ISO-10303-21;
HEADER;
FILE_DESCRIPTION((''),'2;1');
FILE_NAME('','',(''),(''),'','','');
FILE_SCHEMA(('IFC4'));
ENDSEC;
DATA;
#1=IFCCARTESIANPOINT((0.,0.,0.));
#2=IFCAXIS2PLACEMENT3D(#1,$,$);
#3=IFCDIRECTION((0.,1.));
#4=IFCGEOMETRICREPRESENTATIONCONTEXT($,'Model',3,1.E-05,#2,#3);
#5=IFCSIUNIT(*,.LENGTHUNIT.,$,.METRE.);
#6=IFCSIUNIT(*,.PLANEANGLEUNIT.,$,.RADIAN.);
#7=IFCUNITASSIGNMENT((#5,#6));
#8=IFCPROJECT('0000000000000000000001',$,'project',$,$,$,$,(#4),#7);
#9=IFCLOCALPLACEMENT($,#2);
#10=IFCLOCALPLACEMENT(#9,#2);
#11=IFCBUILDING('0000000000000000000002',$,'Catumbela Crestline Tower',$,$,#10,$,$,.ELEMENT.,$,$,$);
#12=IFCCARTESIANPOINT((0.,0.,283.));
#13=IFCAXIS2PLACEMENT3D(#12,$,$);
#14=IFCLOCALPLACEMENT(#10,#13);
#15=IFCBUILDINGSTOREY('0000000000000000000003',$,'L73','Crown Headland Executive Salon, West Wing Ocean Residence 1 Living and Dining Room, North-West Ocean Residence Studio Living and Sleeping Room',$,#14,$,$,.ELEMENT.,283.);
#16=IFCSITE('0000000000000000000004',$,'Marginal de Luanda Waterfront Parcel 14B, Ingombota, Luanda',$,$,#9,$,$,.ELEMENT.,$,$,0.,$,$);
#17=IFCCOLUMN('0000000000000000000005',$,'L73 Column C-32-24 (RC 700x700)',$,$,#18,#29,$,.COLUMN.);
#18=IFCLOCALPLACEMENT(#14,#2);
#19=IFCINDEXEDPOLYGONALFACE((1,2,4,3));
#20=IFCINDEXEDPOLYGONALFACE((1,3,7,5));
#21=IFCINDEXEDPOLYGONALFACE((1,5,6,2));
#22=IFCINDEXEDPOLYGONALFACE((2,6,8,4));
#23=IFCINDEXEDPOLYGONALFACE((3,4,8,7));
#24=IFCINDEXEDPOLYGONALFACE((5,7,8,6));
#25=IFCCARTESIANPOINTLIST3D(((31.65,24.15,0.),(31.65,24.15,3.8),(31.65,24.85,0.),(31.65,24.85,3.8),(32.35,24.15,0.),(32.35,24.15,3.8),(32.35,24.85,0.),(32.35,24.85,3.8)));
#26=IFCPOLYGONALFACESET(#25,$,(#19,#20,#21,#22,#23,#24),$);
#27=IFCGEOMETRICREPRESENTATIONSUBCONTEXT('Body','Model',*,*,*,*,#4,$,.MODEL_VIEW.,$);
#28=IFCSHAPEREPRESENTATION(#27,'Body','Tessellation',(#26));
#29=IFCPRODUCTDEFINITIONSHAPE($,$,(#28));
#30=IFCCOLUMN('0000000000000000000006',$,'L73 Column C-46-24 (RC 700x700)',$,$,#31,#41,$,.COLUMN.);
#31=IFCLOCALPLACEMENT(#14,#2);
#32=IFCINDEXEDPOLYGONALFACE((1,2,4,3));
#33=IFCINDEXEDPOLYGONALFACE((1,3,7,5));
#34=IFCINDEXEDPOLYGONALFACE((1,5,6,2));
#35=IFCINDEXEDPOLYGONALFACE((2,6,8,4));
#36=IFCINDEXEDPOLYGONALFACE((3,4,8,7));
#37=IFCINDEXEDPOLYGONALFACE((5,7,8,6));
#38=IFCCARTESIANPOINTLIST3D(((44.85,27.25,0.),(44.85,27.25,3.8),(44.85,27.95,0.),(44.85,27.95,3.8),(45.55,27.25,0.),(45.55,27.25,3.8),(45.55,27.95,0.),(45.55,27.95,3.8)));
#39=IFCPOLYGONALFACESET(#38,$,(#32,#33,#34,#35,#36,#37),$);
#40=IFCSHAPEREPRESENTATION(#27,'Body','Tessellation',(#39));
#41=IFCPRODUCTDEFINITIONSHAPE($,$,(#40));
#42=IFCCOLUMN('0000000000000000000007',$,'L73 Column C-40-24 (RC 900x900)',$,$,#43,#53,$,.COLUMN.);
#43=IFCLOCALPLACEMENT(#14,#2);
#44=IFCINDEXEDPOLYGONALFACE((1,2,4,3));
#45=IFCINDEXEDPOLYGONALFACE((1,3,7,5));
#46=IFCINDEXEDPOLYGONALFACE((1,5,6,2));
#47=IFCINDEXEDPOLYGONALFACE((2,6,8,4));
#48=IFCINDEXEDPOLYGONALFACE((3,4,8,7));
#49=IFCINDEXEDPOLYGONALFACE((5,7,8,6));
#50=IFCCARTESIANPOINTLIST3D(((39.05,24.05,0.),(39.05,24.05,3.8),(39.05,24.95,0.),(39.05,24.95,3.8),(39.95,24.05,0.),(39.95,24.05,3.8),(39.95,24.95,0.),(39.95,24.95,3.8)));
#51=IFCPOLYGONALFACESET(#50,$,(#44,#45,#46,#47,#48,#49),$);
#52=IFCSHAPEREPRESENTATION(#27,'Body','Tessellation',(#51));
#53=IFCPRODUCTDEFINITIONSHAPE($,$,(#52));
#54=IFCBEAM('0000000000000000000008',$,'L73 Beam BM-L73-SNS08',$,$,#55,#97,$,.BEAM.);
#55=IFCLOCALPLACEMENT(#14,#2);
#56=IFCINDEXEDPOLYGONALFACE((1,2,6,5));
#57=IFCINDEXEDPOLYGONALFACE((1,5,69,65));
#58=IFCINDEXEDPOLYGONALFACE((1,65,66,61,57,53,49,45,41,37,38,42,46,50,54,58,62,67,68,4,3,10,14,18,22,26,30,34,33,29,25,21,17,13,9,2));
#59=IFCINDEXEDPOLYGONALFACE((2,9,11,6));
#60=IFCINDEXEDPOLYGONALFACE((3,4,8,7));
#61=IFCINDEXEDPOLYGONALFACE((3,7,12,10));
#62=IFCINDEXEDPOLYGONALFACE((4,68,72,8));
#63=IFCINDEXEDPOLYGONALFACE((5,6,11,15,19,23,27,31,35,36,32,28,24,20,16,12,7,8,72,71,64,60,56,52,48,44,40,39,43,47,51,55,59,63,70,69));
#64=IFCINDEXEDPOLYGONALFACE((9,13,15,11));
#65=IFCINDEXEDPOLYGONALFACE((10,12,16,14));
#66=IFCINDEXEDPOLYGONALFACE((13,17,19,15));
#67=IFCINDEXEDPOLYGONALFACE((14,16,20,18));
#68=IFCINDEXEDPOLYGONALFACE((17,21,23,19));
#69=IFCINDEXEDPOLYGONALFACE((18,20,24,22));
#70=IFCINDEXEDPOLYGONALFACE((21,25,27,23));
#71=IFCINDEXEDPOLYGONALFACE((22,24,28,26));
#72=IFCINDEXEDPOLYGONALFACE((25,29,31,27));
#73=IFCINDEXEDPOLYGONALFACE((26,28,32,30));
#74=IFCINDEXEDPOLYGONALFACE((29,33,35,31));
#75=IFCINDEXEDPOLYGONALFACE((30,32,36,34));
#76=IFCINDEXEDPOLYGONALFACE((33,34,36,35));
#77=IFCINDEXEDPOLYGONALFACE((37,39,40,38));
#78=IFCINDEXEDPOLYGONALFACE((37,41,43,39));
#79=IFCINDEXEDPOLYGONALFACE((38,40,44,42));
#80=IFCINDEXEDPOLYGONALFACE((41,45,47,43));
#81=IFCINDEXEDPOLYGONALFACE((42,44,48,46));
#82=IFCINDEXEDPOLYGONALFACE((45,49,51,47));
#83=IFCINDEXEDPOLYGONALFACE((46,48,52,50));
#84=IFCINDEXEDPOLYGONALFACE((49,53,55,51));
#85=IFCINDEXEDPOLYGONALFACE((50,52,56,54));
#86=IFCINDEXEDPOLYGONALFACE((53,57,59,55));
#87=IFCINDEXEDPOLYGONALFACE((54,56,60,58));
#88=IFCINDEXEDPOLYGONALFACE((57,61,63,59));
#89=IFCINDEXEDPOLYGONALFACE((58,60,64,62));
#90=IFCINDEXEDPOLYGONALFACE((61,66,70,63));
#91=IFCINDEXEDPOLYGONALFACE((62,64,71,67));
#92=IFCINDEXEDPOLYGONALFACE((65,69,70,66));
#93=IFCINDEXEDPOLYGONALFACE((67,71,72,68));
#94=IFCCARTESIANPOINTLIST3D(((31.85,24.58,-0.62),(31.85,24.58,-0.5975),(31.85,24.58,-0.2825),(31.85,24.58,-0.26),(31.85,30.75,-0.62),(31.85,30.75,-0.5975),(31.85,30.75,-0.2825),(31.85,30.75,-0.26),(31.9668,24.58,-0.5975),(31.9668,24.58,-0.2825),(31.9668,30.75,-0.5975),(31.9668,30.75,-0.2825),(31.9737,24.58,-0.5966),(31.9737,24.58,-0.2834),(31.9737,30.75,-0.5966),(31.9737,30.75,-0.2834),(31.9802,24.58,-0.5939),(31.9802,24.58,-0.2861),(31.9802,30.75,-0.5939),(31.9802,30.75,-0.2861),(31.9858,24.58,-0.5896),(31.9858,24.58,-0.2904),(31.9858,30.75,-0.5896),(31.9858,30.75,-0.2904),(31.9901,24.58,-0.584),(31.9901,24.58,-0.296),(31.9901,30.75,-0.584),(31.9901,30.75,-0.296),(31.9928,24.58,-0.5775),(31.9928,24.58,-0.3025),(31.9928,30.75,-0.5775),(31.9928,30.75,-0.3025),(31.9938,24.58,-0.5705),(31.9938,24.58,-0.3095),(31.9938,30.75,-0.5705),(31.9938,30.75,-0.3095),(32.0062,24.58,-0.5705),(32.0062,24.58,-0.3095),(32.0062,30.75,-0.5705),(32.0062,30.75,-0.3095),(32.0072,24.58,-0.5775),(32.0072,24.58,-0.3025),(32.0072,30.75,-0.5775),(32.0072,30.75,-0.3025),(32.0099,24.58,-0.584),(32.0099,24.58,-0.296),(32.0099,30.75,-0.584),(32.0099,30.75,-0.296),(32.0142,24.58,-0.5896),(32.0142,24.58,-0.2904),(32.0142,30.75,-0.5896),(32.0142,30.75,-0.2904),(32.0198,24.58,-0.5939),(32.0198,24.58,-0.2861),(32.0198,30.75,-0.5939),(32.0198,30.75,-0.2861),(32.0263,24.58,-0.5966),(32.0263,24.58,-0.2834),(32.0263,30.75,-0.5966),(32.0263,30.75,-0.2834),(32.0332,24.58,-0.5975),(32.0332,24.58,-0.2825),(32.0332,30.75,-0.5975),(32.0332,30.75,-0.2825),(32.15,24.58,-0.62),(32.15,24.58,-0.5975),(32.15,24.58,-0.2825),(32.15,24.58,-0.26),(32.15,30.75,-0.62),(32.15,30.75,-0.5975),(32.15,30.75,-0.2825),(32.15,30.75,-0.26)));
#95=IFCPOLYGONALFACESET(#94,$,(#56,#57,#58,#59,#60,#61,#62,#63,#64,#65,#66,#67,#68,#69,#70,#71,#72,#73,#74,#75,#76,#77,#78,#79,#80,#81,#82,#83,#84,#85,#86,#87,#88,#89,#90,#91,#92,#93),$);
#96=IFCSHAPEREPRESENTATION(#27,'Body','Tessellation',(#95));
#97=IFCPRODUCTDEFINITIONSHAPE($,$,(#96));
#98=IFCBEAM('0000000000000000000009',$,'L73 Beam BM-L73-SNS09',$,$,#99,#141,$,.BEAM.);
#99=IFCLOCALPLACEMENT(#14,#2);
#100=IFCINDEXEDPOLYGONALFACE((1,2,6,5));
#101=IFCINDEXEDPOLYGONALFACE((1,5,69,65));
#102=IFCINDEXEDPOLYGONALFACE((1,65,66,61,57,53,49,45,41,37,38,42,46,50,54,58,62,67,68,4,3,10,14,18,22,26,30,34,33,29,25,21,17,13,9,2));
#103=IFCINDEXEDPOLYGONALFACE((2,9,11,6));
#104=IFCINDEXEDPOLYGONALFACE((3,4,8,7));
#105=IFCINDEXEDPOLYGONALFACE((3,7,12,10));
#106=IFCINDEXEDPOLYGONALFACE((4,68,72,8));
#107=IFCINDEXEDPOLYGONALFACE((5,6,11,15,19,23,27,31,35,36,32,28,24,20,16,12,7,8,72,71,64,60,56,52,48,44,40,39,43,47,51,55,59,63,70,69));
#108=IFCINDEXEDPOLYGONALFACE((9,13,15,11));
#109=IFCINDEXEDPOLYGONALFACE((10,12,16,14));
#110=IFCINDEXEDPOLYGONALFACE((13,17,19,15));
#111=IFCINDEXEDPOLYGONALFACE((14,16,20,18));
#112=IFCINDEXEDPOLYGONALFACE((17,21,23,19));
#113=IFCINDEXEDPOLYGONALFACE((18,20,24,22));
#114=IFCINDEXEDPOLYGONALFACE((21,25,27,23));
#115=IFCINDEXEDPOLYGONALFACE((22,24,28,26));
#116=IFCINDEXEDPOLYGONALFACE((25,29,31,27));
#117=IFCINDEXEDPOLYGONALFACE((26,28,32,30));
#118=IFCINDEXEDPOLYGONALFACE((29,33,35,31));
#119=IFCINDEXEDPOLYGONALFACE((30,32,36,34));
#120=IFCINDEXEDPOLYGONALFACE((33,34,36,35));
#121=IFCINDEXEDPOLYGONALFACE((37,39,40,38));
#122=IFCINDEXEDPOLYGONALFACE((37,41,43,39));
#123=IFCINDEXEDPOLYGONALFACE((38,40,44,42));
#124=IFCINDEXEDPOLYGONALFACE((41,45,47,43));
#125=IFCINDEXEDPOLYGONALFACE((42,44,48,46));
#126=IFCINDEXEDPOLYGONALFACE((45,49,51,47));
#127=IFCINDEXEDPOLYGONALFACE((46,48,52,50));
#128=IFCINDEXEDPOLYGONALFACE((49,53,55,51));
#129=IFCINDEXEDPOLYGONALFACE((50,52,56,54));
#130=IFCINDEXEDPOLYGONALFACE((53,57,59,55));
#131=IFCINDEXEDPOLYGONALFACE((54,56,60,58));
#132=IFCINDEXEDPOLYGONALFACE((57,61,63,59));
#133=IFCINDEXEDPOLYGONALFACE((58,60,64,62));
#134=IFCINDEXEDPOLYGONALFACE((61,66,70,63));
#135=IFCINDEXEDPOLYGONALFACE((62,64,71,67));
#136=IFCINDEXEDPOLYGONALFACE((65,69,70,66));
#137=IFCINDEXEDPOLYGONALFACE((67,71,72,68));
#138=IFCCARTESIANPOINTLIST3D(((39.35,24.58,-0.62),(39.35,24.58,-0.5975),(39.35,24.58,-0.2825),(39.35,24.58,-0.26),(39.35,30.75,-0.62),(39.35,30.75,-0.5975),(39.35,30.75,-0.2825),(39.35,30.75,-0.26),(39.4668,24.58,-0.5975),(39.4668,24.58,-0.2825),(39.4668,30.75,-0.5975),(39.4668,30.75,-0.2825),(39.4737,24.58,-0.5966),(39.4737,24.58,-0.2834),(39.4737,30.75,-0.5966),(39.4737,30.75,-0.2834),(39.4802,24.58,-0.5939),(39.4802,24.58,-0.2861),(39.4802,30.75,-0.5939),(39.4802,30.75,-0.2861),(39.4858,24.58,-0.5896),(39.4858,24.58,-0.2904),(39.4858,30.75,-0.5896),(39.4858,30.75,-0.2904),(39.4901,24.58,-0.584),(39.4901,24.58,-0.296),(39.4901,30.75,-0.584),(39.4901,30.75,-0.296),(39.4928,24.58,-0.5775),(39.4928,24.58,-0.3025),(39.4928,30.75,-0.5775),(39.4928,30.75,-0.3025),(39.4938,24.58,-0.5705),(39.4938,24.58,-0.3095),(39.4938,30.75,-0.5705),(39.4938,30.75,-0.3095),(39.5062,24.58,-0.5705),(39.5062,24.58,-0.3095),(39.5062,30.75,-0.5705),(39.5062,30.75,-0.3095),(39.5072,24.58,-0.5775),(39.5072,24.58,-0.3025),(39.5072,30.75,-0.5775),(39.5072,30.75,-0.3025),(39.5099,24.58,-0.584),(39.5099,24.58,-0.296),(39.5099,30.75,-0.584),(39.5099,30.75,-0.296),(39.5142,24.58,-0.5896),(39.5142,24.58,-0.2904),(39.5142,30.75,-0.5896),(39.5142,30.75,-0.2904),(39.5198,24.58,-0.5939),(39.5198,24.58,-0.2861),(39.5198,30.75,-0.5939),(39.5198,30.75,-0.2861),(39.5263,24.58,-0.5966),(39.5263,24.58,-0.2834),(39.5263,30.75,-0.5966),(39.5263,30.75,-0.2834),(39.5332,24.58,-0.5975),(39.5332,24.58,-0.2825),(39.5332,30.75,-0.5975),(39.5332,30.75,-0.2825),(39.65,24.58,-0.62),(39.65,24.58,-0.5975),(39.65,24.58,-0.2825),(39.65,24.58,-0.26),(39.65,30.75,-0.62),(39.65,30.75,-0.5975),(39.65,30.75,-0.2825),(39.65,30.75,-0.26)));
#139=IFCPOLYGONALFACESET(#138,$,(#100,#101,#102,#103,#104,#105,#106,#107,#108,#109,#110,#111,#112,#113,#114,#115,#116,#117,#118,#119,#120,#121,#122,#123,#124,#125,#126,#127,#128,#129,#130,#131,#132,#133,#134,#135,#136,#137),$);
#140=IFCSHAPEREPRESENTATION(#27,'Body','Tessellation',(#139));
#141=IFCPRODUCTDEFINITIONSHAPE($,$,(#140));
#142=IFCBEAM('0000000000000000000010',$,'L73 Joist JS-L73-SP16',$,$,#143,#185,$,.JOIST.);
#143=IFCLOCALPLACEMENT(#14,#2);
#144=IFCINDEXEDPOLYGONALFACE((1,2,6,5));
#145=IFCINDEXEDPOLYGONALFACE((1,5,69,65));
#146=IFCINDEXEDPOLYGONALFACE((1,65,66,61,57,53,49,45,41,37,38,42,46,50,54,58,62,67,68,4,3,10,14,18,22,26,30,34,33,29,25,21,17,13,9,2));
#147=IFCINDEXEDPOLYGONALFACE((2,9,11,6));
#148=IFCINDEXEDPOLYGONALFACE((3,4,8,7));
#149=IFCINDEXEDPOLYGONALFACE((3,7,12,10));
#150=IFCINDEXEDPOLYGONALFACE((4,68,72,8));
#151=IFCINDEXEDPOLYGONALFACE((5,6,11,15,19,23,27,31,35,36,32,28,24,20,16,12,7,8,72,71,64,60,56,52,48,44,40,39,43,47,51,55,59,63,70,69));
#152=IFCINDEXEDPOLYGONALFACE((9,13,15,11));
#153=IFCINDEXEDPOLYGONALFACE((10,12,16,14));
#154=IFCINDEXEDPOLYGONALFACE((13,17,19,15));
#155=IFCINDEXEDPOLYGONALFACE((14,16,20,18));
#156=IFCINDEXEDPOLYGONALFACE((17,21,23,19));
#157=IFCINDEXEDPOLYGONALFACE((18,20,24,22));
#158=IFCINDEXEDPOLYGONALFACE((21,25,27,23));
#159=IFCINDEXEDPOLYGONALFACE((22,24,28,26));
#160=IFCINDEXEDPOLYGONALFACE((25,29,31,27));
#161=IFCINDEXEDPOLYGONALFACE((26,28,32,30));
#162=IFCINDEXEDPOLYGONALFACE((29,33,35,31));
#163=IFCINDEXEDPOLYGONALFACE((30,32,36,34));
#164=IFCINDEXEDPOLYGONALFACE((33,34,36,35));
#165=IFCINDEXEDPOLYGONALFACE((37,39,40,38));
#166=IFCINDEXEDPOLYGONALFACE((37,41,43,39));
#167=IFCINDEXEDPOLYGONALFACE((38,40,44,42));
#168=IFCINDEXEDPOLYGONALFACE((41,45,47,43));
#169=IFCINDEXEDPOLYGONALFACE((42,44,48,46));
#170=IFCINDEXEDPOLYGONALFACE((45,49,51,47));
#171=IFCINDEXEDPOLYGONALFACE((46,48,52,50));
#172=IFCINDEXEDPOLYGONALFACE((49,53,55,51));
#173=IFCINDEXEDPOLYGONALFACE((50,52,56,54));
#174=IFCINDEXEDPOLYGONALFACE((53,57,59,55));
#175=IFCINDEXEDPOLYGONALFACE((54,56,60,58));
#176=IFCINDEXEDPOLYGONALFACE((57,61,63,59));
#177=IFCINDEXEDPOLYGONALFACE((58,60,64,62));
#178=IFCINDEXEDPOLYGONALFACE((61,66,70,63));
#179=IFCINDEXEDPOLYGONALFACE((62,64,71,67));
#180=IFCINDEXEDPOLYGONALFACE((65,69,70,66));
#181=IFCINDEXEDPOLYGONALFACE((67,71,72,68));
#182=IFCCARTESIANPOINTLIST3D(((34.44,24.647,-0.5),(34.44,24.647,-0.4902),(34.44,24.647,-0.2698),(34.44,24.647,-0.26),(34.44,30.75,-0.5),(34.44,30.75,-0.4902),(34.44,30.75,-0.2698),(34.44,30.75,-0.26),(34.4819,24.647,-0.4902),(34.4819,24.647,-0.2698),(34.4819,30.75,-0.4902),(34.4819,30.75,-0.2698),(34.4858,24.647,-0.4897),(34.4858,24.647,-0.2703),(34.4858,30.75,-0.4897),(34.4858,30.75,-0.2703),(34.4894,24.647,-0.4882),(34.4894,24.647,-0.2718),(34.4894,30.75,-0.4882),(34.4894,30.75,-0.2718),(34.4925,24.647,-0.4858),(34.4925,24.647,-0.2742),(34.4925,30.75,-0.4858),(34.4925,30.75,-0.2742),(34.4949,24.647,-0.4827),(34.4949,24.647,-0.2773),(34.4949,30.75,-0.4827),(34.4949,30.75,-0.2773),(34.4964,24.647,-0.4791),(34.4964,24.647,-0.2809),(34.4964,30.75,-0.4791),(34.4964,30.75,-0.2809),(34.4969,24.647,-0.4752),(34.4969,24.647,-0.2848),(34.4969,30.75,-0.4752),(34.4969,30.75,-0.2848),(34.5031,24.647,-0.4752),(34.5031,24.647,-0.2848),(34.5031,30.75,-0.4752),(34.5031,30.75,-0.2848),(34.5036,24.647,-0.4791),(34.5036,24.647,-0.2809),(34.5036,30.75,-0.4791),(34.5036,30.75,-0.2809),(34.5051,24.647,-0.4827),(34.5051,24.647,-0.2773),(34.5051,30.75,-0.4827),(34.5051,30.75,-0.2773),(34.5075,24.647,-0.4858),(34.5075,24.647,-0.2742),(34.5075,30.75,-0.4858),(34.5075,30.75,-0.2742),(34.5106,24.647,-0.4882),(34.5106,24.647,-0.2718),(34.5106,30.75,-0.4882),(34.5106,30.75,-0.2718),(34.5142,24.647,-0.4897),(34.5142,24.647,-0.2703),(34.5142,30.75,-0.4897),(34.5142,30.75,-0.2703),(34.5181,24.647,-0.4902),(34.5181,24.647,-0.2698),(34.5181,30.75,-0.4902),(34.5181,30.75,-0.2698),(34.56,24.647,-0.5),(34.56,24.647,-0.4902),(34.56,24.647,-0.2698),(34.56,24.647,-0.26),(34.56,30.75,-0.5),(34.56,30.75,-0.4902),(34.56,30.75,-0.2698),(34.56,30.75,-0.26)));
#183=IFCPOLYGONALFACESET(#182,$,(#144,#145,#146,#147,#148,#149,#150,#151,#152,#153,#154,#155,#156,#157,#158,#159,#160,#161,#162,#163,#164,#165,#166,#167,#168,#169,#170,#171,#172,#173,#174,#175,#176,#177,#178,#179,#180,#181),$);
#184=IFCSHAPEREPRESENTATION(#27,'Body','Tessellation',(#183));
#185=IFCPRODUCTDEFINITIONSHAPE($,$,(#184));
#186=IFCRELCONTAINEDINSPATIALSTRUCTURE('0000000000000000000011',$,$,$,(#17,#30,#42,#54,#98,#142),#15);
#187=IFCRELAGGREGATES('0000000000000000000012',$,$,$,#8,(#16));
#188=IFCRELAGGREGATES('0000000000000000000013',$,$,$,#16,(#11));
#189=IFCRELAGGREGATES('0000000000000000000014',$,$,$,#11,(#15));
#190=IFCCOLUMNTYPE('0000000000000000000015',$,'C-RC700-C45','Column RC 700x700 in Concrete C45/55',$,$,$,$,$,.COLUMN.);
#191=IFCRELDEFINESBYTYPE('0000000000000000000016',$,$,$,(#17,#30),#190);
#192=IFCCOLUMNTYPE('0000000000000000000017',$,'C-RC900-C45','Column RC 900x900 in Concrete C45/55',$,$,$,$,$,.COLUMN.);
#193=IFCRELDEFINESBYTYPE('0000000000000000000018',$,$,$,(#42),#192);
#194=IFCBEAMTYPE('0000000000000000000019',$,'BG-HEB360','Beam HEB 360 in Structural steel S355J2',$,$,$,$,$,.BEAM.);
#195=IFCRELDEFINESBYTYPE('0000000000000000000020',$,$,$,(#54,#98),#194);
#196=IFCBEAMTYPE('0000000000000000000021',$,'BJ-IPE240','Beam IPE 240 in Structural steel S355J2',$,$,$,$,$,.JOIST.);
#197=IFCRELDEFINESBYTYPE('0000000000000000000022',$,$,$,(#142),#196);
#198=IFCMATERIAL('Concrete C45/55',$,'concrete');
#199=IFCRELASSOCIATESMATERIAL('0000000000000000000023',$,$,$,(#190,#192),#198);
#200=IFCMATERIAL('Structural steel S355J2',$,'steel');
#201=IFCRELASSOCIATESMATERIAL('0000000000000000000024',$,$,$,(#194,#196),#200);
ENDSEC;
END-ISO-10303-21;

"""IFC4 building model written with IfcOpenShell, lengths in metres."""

from ifc_helpers import new_model, si_unit, direction, frame, origin, origin_2d, place, context, subcontext, project, spatial, rectangle, i_section, extrude, material, material_profile, profile_set, type_object, element, save


model = new_model("IFC4")

# Units and contexts
model_context = context("Model", 3, precision=1e-05, world=origin(), true_north=direction((0.0, 1.0)))
body_context = subcontext(model_context, "Body", "Model", "MODEL_VIEW")
ifc_project = project(units=[si_unit("LENGTHUNIT", "METRE"), si_unit("PLANEANGLEUNIT", "RADIAN")], contexts=[model_context])

# Site, building, storey
site_placement = place(None, origin())
site = spatial("IfcSite", under=ifc_project, at=site_placement, Name="Marginal de Luanda Waterfront Parcel 14B, Ingombota, Luanda", CompositionType="ELEMENT", RefElevation=0.0)
building_placement = place(site_placement, origin())
building = spatial("IfcBuilding", under=site, at=building_placement, Name="Catumbela Crestline Tower", CompositionType="ELEMENT")
storey_placement = place(building_placement, frame((0.0, 0.0, 283.0)))
storey = spatial("IfcBuildingStorey", under=building, at=storey_placement, Name="L73", Description="Crown Headland Executive Salon, West Wing Ocean Residence 1 Living and Dining Room, North-West Ocean Residence Studio Living and Sleeping Room", CompositionType="ELEMENT", Elevation=283.0)

# Columns
ifc_material_1 = material(Name="Concrete C45/55", Category="concrete")
ifc_material_profile_1 = material_profile(ifc_material_1, rectangle(XDim=0.7, YDim=0.7, at=origin_2d()), Name="RC 700x700")
ifc_profile_set_1 = profile_set([ifc_material_profile_1], Name="Concrete C45/55")
column_type_1 = type_object("IfcColumnType", Name="C-RC700-C45", Description="Column RC 700x700 in Concrete C45/55", PredefinedType="COLUMN", material=ifc_profile_set_1)
for number, where, z_axis, x_axis, name in (
    (1, (32.0, 24.5, 0.0), (0.0, 0.0, 1.0), (1.0, 0.0, 0.0), "L73 Column C-32-24 (RC 700x700)"),
    (2, (45.2, 27.6, 0.0), (0.0, 0.0, 1.0), (1.0, 0.0, 0.0), "L73 Column C-46-24 (RC 700x700)"),
):
    element("IfcColumn", number, at=place(storey_placement, frame(where, z_axis=z_axis, x_axis=x_axis)), inside=storey, type_object=column_type_1, Name=name, PredefinedType="COLUMN", context=body_context, shape_type="SweptSolid", body=[
        extrude(rectangle(XDim=0.7, YDim=0.7, at=origin_2d()), origin(), (0.0, 0.0, 1.0), 3.8),
    ])
ifc_material_profile_2 = material_profile(ifc_material_1, rectangle(XDim=0.9, YDim=0.9, at=origin_2d()), Name="RC 900x900")
ifc_profile_set_2 = profile_set([ifc_material_profile_2], Name="Concrete C45/55")
column_type_2 = type_object("IfcColumnType", Name="C-RC900-C45", Description="Column RC 900x900 in Concrete C45/55", PredefinedType="COLUMN", material=ifc_profile_set_2)
column_placement = place(storey_placement, frame((39.5, 24.5, 0.0), z_axis=(0.0, 0.0, 1.0), x_axis=(1.0, 0.0, 0.0)))
element("IfcColumn", 3, at=column_placement, inside=storey, type_object=column_type_2, Name="L73 Column C-40-24 (RC 900x900)", PredefinedType="COLUMN", context=body_context, shape_type="SweptSolid", body=[
    extrude(rectangle(XDim=0.9, YDim=0.9, at=origin_2d()), origin(), (0.0, 0.0, 1.0), 3.8),
])

# Beams
ifc_material_2 = material(Name="Structural steel S355J2", Category="steel")
ifc_material_profile_3 = material_profile(ifc_material_2, i_section(OverallWidth=0.3, OverallDepth=0.36, WebThickness=0.0125, FlangeThickness=0.0225, FilletRadius=0.027, at=origin_2d()), Name="HEB 360")
ifc_profile_set_3 = profile_set([ifc_material_profile_3], Name="Structural steel S355J2")
beam_type_1 = type_object("IfcBeamType", Name="BG-HEB360", Description="Beam HEB 360 in Structural steel S355J2", PredefinedType="BEAM", material=ifc_profile_set_3)
for number, where, z_axis, x_axis, name in (
    (4, (32.0, 24.58, -0.44), (0.0, 1.0, 0.0), (-1.0, 0.0, 0.0), "L73 Beam BM-L73-SNS08"),
    (5, (39.5, 24.58, -0.44), (0.0, 1.0, 0.0), (-1.0, 0.0, 0.0), "L73 Beam BM-L73-SNS09"),
):
    element("IfcBeam", number, at=place(storey_placement, frame(where, z_axis=z_axis, x_axis=x_axis)), inside=storey, type_object=beam_type_1, Name=name, PredefinedType="BEAM", context=body_context, shape_type="SweptSolid", body=[
        extrude(i_section(OverallWidth=0.3, OverallDepth=0.36, WebThickness=0.0125, FlangeThickness=0.0225, FilletRadius=0.027, at=origin_2d()), origin(), (0.0, 0.0, 1.0), 6.17),
    ])
ifc_material_profile_4 = material_profile(ifc_material_2, i_section(OverallWidth=0.12, OverallDepth=0.24, WebThickness=0.0062, FlangeThickness=0.0098, FilletRadius=0.015, at=origin_2d()), Name="IPE 240")
ifc_profile_set_4 = profile_set([ifc_material_profile_4], Name="Structural steel S355J2")
beam_type_2 = type_object("IfcBeamType", Name="BJ-IPE240", Description="Beam IPE 240 in Structural steel S355J2", PredefinedType="JOIST", material=ifc_profile_set_4)
for number, where, z_axis, x_axis, name in (
    (6, (34.5, 24.647, -0.38), (0.0, 1.0, 0.0), (-1.0, 0.0, 0.0), "L73 Joist JS-L73-SP16"),
):
    element("IfcBeam", number, at=place(storey_placement, frame(where, z_axis=z_axis, x_axis=x_axis)), inside=storey, type_object=beam_type_2, Name=name, PredefinedType="JOIST", context=body_context, shape_type="SweptSolid", body=[
        extrude(i_section(OverallWidth=0.12, OverallDepth=0.24, WebThickness=0.0062, FlangeThickness=0.0098, FilletRadius=0.015, at=origin_2d()), origin(), (0.0, 0.0, 1.0), 6.103),
    ])

save(model, "model.ifc")
